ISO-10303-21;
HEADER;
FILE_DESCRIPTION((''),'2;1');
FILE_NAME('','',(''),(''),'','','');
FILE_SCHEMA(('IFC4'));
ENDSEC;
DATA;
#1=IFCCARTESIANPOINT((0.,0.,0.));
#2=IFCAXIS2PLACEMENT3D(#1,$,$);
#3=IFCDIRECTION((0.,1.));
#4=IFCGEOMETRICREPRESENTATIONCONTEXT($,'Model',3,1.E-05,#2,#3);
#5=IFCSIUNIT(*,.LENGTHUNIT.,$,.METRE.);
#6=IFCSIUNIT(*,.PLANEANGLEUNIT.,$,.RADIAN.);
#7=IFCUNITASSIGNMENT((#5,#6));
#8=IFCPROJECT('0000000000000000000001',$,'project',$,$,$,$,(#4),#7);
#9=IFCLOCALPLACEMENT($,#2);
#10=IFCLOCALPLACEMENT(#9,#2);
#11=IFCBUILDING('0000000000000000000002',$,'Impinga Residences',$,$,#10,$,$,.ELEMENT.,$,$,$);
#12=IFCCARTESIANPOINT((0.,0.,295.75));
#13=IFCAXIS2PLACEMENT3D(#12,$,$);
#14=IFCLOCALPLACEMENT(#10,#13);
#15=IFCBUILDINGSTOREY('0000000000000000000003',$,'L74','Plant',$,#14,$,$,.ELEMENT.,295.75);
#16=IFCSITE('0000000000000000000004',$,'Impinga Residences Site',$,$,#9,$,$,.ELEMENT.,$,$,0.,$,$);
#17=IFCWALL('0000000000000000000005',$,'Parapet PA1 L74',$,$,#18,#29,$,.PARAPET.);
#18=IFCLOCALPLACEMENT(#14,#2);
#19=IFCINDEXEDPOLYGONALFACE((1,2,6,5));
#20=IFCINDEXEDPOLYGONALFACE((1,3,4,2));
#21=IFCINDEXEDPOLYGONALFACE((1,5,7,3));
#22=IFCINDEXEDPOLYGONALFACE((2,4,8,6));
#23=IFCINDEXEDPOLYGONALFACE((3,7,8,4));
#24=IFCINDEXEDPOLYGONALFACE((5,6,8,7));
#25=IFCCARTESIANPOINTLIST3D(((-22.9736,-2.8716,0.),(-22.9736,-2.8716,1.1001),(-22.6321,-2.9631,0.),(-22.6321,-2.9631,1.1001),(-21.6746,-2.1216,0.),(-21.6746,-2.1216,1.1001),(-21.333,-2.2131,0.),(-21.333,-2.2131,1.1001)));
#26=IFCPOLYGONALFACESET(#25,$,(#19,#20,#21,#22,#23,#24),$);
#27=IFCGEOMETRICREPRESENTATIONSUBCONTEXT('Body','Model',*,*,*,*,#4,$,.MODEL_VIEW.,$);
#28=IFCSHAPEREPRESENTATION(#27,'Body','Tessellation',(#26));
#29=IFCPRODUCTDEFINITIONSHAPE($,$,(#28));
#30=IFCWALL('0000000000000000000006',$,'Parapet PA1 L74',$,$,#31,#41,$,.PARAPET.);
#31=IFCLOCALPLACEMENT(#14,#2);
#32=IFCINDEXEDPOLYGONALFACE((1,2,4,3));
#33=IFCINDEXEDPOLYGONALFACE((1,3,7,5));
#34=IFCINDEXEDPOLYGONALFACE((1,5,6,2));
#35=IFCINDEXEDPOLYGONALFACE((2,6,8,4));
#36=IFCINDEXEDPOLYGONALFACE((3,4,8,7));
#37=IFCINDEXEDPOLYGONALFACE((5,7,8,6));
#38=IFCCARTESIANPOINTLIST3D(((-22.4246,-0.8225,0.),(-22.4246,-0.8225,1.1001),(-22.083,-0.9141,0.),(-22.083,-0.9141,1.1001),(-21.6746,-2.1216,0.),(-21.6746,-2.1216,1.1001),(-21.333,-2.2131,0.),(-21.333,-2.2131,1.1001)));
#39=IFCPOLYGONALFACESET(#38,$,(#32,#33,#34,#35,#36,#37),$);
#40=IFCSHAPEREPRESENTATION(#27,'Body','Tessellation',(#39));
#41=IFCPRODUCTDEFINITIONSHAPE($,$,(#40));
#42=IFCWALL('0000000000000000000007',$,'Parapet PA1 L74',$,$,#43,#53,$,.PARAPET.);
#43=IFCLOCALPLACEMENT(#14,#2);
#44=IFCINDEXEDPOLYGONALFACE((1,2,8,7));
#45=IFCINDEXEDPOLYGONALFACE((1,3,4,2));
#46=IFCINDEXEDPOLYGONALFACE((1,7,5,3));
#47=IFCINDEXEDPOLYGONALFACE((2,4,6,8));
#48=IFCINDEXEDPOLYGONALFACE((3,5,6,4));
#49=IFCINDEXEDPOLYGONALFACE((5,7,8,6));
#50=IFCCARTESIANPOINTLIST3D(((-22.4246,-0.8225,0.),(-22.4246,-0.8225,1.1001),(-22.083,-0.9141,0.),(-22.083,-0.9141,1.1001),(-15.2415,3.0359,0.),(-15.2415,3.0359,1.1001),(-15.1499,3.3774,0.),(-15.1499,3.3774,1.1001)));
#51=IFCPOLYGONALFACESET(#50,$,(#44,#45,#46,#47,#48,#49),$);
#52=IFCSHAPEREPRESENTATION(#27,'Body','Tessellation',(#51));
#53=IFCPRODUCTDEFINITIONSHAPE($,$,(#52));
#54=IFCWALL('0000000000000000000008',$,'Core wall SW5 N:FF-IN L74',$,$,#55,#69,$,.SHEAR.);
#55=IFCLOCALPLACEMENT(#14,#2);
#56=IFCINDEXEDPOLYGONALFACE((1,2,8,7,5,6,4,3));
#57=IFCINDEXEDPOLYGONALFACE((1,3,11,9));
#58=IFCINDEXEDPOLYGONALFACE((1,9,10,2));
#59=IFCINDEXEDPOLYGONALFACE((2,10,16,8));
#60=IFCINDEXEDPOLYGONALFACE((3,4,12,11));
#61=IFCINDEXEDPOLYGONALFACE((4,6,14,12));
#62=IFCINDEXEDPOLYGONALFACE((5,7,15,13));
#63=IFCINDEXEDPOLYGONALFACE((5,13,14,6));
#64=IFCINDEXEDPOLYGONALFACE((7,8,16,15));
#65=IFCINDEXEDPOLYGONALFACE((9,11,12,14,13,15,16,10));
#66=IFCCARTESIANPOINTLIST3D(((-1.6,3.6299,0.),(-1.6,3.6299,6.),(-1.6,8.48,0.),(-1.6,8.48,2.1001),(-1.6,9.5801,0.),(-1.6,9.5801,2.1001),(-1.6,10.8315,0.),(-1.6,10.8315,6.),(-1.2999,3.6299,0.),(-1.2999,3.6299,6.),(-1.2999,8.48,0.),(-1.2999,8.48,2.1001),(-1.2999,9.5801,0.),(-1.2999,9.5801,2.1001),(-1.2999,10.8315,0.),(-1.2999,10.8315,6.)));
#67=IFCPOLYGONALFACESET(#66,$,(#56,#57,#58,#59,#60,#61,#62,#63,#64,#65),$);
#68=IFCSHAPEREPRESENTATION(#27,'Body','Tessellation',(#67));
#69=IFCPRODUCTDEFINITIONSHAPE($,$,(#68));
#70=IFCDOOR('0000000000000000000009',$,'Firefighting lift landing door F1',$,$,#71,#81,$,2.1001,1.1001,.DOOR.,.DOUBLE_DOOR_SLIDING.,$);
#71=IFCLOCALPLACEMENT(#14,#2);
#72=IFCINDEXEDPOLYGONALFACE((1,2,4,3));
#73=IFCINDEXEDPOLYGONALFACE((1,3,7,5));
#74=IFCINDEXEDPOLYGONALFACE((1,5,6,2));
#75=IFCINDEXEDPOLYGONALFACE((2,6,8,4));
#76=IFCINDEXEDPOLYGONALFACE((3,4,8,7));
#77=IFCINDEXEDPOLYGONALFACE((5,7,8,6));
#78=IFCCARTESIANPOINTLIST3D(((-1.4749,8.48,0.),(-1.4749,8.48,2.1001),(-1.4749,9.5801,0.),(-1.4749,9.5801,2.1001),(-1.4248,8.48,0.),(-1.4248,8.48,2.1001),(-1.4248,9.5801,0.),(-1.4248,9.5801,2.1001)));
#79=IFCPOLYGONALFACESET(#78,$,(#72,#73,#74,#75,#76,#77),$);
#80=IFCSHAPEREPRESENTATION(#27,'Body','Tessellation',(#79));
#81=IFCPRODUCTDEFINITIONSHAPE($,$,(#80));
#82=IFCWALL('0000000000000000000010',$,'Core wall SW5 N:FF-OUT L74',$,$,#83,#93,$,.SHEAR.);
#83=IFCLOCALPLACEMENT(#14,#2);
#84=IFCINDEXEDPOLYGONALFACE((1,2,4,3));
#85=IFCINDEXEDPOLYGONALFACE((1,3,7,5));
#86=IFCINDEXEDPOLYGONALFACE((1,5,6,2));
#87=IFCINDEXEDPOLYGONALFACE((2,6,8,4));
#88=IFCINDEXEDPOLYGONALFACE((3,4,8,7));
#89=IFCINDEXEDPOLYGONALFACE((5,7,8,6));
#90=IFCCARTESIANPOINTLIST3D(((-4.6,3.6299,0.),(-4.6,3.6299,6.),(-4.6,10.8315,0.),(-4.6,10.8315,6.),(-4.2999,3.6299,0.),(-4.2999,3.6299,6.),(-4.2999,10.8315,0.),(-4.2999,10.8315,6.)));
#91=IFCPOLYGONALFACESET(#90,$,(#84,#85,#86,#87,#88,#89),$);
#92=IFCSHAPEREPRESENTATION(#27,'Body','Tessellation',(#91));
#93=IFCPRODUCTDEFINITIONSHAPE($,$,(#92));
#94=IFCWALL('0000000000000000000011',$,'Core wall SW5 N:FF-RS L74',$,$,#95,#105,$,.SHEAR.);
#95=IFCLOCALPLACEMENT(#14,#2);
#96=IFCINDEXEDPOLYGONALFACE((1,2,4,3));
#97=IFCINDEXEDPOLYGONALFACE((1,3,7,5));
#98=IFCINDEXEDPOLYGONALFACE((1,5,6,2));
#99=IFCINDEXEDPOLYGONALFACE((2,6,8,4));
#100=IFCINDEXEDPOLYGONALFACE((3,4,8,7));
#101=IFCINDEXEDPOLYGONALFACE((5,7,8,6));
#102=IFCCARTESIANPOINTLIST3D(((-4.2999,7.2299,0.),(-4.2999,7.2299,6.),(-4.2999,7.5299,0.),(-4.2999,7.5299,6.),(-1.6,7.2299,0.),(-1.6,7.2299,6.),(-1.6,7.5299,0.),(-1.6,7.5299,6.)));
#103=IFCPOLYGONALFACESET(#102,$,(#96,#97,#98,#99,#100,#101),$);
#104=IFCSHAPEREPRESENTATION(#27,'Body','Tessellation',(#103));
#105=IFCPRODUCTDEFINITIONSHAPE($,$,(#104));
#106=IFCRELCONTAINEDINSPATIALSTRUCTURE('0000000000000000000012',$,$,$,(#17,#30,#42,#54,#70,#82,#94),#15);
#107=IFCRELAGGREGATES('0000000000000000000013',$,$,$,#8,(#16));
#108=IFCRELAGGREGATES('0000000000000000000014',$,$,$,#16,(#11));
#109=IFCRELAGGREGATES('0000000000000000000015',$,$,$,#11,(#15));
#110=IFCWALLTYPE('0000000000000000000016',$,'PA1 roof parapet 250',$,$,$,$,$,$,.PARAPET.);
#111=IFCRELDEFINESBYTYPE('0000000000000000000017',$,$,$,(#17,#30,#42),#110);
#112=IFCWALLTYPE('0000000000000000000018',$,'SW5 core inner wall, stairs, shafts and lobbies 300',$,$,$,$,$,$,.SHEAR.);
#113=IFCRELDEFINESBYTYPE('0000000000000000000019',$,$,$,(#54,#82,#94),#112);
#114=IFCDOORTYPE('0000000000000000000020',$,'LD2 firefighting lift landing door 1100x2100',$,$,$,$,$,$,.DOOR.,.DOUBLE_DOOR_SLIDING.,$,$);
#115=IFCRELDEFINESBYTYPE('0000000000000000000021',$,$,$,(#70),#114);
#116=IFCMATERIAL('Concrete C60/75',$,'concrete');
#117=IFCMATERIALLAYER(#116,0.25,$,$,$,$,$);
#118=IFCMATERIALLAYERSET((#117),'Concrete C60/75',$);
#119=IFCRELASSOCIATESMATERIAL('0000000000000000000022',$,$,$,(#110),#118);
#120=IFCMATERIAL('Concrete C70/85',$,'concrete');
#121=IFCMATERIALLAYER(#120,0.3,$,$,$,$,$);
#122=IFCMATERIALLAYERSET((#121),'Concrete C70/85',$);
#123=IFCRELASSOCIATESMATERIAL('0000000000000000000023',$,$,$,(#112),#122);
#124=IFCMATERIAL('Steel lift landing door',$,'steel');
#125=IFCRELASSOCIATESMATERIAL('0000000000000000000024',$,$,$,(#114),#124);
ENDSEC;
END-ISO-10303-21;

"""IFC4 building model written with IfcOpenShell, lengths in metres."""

from ifc_helpers import new_model, si_unit, direction, frame, frame_2d, origin, place, context, subcontext, project, spatial, polyline, rectangle, outline, extrude, material, layer, layer_set, type_object, element, fill, save


model = new_model("IFC4")

# Units and contexts
model_context = context("Model", 3, precision=1e-05, world=origin(), true_north=direction((0.0, 1.0)))
body_context = subcontext(model_context, "Body", "Model", "MODEL_VIEW")
ifc_project = project(units=[si_unit("LENGTHUNIT", "METRE"), si_unit("PLANEANGLEUNIT", "RADIAN")], contexts=[model_context])

# Site, building, storey
site_placement = place(None, origin())
site = spatial("IfcSite", under=ifc_project, at=site_placement, Name="Impinga Residences Site", CompositionType="ELEMENT", RefElevation=0.0)
building_placement = place(site_placement, origin())
building = spatial("IfcBuilding", under=site, at=building_placement, Name="Impinga Residences", CompositionType="ELEMENT")
storey_placement = place(building_placement, frame((0.0, 0.0, 295.75)))
storey = spatial("IfcBuildingStorey", under=building, at=storey_placement, Name="L74", Description="Plant", CompositionType="ELEMENT", Elevation=295.75)

# Walls
ifc_material_1 = material(Name="Concrete C60/75", Category="concrete")
ifc_layer_1 = layer(ifc_material_1, 0.25)
ifc_layer_set_1 = layer_set([ifc_layer_1], Name="Concrete C60/75")
wall_type_1 = type_object("IfcWallType", Name="PA1 roof parapet 250", PredefinedType="PARAPET", material=ifc_layer_set_1)
wall_1_placement = place(storey_placement, origin())
element("IfcWall", 1, at=wall_1_placement, inside=storey, type_object=wall_type_1, Name="Parapet PA1 L74", PredefinedType="PARAPET", context=body_context, shape_type="SweptSolid", body=[
    extrude(outline(polyline([(-22.9736, -2.8716), (-21.6746, -2.1216), (-21.333, -2.2131), (-22.6321, -2.9631), (-22.9736, -2.8716)])), origin(), (0.0, 0.0, 1.0), 1.1001),
])
wall_2_placement = place(storey_placement, origin())
element("IfcWall", 2, at=wall_2_placement, inside=storey, type_object=wall_type_1, Name="Parapet PA1 L74", PredefinedType="PARAPET", context=body_context, shape_type="SweptSolid", body=[
    extrude(outline(polyline([(-21.6746, -2.1216), (-22.4246, -0.8225), (-22.083, -0.9141), (-21.333, -2.2131), (-21.6746, -2.1216)])), origin(), (0.0, 0.0, 1.0), 1.1001),
])
wall_3_placement = place(storey_placement, origin())
element("IfcWall", 3, at=wall_3_placement, inside=storey, type_object=wall_type_1, Name="Parapet PA1 L74", PredefinedType="PARAPET", context=body_context, shape_type="SweptSolid", body=[
    extrude(outline(polyline([(-22.4246, -0.8225), (-15.1499, 3.3774), (-15.2415, 3.0359), (-22.083, -0.9141), (-22.4246, -0.8225)])), origin(), (0.0, 0.0, 1.0), 1.1001),
])

# Wall, opening, door
ifc_material_2 = material(Name="Concrete C70/85", Category="concrete")
ifc_layer_2 = layer(ifc_material_2, 0.3)
ifc_layer_set_2 = layer_set([ifc_layer_2], Name="Concrete C70/85")
wall_type_2 = type_object("IfcWallType", Name="SW5 core inner wall, stairs, shafts and lobbies 300", PredefinedType="SHEAR", material=ifc_layer_set_2)
wall_4_placement = place(storey_placement, frame((-1.45, 3.6299, 0.0), z_axis=(0.0, 0.0, 1.0), x_axis=(0.0, 1.0, 0.0)))
wall_4 = element("IfcWall", 4, at=wall_4_placement, inside=storey, type_object=wall_type_2, Name="Core wall SW5 N:FF-IN L74", PredefinedType="SHEAR", context=body_context, shape_type="SweptSolid", body=[
    extrude(rectangle(XDim=7.2017, YDim=0.3, at=frame_2d((3.6008, 0.0))), origin(), (0.0, 0.0, 1.0), 6.0),
])
opening_placement = place(wall_4_placement, frame((4.8501, 0.0, 0.0)))
opening = element("IfcOpeningElement", 5, at=opening_placement, cuts=wall_4, PredefinedType="OPENING", context=body_context, shape_type="SweptSolid", body=[
    extrude(rectangle(XDim=1.1001, YDim=2.1001, at=frame_2d((0.55, 1.05))), frame((0.0, 0.1599, 0.0), z_axis=(0.0, -1.0, 0.0), x_axis=(1.0, 0.0, 0.0)), (0.0, 0.0, 1.0), 0.3201),
])
ifc_material_3 = material(Name="Steel lift landing door", Category="steel")
door_type = type_object("IfcDoorType", Name="LD2 firefighting lift landing door 1100x2100", OperationType="DOUBLE_DOOR_SLIDING", PredefinedType="DOOR", material=ifc_material_3)
door_placement = place(opening_placement, origin())
door = element("IfcDoor", 6, at=door_placement, inside=storey, type_object=door_type, Name="Firefighting lift landing door F1", OperationType="DOUBLE_DOOR_SLIDING", OverallHeight=2.1001, OverallWidth=1.1001, PredefinedType="DOOR", context=body_context, shape_type="SweptSolid", body=[
    extrude(rectangle(XDim=1.1001, YDim=2.1001, at=frame_2d((0.55, 1.05))), frame((0.0, 0.0249, 0.0), z_axis=(0.0, -1.0, 0.0), x_axis=(1.0, 0.0, 0.0)), (0.0, 0.0, 1.0), 0.05),
])
fill(opening, door)

# Walls
wall_5_placement = place(storey_placement, frame((-4.45, 3.6299, 0.0), z_axis=(0.0, 0.0, 1.0), x_axis=(0.0, 1.0, 0.0)))
element("IfcWall", 7, at=wall_5_placement, inside=storey, type_object=wall_type_2, Name="Core wall SW5 N:FF-OUT L74", PredefinedType="SHEAR", context=body_context, shape_type="SweptSolid", body=[
    extrude(rectangle(XDim=7.2017, YDim=0.3, at=frame_2d((3.6008, 0.0))), origin(), (0.0, 0.0, 1.0), 6.0),
])
wall_6_placement = place(storey_placement, frame((-4.3, 7.3799, 0.0), z_axis=(0.0, 0.0, 1.0), x_axis=(1.0, 0.0, 0.0)))
element("IfcWall", 8, at=wall_6_placement, inside=storey, type_object=wall_type_2, Name="Core wall SW5 N:FF-RS L74", PredefinedType="SHEAR", context=body_context, shape_type="SweptSolid", body=[
    extrude(rectangle(XDim=2.7, YDim=0.3, at=frame_2d((1.3501, 0.0))), origin(), (0.0, 0.0, 1.0), 6.0),
])

save(model, "model.ifc")
